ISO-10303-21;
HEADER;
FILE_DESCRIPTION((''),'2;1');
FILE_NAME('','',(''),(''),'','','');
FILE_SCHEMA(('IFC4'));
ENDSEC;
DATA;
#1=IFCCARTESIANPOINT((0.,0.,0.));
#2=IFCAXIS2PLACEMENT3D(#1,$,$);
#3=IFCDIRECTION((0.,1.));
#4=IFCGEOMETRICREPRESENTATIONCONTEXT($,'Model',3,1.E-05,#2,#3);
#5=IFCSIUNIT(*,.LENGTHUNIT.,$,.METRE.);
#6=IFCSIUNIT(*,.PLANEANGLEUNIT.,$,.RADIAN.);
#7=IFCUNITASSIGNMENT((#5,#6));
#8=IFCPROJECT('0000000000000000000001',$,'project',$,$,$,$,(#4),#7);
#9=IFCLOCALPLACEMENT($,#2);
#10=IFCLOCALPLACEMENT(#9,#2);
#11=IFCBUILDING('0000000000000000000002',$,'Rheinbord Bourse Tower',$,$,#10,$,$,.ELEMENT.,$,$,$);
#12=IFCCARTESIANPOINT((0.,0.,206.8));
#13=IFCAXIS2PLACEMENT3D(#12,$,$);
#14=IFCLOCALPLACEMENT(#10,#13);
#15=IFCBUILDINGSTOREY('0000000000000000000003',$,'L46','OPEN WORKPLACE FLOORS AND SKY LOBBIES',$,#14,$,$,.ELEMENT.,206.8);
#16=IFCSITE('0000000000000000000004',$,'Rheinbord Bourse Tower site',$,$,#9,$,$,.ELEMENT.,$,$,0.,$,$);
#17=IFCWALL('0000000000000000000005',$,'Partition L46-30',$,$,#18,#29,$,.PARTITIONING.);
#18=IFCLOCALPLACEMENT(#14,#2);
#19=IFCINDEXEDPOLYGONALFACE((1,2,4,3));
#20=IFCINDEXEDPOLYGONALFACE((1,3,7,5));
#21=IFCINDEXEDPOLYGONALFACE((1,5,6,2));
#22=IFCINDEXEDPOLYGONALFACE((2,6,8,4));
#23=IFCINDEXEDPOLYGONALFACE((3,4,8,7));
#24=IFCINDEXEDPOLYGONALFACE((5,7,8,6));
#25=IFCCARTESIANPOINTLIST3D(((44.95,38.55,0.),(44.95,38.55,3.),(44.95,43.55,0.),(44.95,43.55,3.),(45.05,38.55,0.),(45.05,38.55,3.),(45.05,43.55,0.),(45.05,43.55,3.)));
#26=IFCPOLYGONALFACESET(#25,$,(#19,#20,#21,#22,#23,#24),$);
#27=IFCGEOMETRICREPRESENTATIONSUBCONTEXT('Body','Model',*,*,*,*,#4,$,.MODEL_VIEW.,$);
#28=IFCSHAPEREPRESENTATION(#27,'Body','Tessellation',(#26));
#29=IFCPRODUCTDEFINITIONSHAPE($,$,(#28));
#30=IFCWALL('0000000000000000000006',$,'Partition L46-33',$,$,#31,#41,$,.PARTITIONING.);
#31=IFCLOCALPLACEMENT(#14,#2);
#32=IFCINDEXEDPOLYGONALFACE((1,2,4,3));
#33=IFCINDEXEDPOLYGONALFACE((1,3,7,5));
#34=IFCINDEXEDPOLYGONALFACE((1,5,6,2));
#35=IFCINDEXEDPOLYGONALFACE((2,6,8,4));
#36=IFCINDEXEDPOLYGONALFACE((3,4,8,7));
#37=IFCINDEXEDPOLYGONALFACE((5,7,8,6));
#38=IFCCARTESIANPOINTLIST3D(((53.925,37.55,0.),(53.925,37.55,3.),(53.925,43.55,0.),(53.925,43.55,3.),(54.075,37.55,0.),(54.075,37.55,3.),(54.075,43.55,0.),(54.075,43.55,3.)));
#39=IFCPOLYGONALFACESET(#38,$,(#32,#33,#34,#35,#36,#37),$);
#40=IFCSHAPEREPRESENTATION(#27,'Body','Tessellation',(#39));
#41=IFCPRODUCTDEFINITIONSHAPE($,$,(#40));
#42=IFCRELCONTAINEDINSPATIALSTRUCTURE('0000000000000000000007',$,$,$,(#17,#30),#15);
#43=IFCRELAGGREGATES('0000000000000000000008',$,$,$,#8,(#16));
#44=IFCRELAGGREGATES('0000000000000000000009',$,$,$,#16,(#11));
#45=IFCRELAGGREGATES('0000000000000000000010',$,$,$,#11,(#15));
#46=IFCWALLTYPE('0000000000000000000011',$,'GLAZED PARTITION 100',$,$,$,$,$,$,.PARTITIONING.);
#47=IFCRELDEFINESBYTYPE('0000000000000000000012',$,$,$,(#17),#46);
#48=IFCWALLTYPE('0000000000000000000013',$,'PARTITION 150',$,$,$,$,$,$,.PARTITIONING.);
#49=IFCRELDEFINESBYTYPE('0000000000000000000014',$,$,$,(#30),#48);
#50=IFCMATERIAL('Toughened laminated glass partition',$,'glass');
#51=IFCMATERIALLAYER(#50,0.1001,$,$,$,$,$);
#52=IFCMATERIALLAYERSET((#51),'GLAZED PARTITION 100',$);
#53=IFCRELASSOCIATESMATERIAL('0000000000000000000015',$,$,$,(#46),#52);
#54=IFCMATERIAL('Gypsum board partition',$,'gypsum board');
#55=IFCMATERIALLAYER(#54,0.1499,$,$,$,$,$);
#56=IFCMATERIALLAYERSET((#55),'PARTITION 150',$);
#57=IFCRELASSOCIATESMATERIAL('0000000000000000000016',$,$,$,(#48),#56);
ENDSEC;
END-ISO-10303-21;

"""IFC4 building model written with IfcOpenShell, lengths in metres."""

from ifc_helpers import new_model, si_unit, direction, frame, frame_2d, origin, place, context, subcontext, project, spatial, rectangle, extrude, material, layer, layer_set, type_object, element, save


model = new_model("IFC4")

# Units and contexts
model_context = context("Model", 3, precision=1e-05, world=origin(), true_north=direction((0.0, 1.0)))
body_context = subcontext(model_context, "Body", "Model", "MODEL_VIEW")
ifc_project = project(units=[si_unit("LENGTHUNIT", "METRE"), si_unit("PLANEANGLEUNIT", "RADIAN")], contexts=[model_context])

# Site, building, storey
site_placement = place(None, origin())
site = spatial("IfcSite", under=ifc_project, at=site_placement, Name="Rheinbord Bourse Tower site", CompositionType="ELEMENT", RefElevation=0.0)
building_placement = place(site_placement, origin())
building = spatial("IfcBuilding", under=site, at=building_placement, Name="Rheinbord Bourse Tower", CompositionType="ELEMENT")
storey_placement = place(building_placement, frame((0.0, 0.0, 206.8)))
storey = spatial("IfcBuildingStorey", under=building, at=storey_placement, Name="L46", Description="OPEN WORKPLACE FLOORS AND SKY LOBBIES", CompositionType="ELEMENT", Elevation=206.8)

# Shared definitions
ifc_material_1 = material(Name="Toughened laminated glass partition", Category="glass")
ifc_layer_1 = layer(ifc_material_1, 0.1001)
ifc_layer_set_1 = layer_set([ifc_layer_1], Name="GLAZED PARTITION 100")
wall_type_1 = type_object("IfcWallType", Name="GLAZED PARTITION 100", PredefinedType="PARTITIONING", material=ifc_layer_set_1)

# Walls
for number, where, z_axis, x_axis, name in (
    (1, (45.0, 38.55, 0.0), (0.0, 0.0, 1.0), (0.0, 1.0, 0.0), "Partition L46-30"),
):
    element("IfcWall", number, at=place(storey_placement, frame(where, z_axis=z_axis, x_axis=x_axis)), inside=storey, type_object=wall_type_1, Name=name, PredefinedType="PARTITIONING", context=body_context, shape_type="SweptSolid", body=[
        extrude(rectangle(XDim=5.0, YDim=0.1001, at=frame_2d((2.5, 0.0))), origin(), (0.0, 0.0, 1.0), 3.0),
    ])
ifc_material_2 = material(Name="Gypsum board partition", Category="gypsum board")
ifc_layer_2 = layer(ifc_material_2, 0.1499)
ifc_layer_set_2 = layer_set([ifc_layer_2], Name="PARTITION 150")
wall_type_2 = type_object("IfcWallType", Name="PARTITION 150", PredefinedType="PARTITIONING", material=ifc_layer_set_2)
wall_1_placement = place(storey_placement, frame((54.0, 37.55, 0.0), z_axis=(0.0, 0.0, 1.0), x_axis=(0.0, 1.0, 0.0)))
element("IfcWall", 2, at=wall_1_placement, inside=storey, type_object=wall_type_2, Name="Partition L46-33", PredefinedType="PARTITIONING", context=body_context, shape_type="SweptSolid", body=[
    extrude(rectangle(XDim=6.0, YDim=0.1499, at=frame_2d((3.0, 0.0))), origin(), (0.0, 0.0, 1.0), 3.0),
])

save(model, "model.ifc")
